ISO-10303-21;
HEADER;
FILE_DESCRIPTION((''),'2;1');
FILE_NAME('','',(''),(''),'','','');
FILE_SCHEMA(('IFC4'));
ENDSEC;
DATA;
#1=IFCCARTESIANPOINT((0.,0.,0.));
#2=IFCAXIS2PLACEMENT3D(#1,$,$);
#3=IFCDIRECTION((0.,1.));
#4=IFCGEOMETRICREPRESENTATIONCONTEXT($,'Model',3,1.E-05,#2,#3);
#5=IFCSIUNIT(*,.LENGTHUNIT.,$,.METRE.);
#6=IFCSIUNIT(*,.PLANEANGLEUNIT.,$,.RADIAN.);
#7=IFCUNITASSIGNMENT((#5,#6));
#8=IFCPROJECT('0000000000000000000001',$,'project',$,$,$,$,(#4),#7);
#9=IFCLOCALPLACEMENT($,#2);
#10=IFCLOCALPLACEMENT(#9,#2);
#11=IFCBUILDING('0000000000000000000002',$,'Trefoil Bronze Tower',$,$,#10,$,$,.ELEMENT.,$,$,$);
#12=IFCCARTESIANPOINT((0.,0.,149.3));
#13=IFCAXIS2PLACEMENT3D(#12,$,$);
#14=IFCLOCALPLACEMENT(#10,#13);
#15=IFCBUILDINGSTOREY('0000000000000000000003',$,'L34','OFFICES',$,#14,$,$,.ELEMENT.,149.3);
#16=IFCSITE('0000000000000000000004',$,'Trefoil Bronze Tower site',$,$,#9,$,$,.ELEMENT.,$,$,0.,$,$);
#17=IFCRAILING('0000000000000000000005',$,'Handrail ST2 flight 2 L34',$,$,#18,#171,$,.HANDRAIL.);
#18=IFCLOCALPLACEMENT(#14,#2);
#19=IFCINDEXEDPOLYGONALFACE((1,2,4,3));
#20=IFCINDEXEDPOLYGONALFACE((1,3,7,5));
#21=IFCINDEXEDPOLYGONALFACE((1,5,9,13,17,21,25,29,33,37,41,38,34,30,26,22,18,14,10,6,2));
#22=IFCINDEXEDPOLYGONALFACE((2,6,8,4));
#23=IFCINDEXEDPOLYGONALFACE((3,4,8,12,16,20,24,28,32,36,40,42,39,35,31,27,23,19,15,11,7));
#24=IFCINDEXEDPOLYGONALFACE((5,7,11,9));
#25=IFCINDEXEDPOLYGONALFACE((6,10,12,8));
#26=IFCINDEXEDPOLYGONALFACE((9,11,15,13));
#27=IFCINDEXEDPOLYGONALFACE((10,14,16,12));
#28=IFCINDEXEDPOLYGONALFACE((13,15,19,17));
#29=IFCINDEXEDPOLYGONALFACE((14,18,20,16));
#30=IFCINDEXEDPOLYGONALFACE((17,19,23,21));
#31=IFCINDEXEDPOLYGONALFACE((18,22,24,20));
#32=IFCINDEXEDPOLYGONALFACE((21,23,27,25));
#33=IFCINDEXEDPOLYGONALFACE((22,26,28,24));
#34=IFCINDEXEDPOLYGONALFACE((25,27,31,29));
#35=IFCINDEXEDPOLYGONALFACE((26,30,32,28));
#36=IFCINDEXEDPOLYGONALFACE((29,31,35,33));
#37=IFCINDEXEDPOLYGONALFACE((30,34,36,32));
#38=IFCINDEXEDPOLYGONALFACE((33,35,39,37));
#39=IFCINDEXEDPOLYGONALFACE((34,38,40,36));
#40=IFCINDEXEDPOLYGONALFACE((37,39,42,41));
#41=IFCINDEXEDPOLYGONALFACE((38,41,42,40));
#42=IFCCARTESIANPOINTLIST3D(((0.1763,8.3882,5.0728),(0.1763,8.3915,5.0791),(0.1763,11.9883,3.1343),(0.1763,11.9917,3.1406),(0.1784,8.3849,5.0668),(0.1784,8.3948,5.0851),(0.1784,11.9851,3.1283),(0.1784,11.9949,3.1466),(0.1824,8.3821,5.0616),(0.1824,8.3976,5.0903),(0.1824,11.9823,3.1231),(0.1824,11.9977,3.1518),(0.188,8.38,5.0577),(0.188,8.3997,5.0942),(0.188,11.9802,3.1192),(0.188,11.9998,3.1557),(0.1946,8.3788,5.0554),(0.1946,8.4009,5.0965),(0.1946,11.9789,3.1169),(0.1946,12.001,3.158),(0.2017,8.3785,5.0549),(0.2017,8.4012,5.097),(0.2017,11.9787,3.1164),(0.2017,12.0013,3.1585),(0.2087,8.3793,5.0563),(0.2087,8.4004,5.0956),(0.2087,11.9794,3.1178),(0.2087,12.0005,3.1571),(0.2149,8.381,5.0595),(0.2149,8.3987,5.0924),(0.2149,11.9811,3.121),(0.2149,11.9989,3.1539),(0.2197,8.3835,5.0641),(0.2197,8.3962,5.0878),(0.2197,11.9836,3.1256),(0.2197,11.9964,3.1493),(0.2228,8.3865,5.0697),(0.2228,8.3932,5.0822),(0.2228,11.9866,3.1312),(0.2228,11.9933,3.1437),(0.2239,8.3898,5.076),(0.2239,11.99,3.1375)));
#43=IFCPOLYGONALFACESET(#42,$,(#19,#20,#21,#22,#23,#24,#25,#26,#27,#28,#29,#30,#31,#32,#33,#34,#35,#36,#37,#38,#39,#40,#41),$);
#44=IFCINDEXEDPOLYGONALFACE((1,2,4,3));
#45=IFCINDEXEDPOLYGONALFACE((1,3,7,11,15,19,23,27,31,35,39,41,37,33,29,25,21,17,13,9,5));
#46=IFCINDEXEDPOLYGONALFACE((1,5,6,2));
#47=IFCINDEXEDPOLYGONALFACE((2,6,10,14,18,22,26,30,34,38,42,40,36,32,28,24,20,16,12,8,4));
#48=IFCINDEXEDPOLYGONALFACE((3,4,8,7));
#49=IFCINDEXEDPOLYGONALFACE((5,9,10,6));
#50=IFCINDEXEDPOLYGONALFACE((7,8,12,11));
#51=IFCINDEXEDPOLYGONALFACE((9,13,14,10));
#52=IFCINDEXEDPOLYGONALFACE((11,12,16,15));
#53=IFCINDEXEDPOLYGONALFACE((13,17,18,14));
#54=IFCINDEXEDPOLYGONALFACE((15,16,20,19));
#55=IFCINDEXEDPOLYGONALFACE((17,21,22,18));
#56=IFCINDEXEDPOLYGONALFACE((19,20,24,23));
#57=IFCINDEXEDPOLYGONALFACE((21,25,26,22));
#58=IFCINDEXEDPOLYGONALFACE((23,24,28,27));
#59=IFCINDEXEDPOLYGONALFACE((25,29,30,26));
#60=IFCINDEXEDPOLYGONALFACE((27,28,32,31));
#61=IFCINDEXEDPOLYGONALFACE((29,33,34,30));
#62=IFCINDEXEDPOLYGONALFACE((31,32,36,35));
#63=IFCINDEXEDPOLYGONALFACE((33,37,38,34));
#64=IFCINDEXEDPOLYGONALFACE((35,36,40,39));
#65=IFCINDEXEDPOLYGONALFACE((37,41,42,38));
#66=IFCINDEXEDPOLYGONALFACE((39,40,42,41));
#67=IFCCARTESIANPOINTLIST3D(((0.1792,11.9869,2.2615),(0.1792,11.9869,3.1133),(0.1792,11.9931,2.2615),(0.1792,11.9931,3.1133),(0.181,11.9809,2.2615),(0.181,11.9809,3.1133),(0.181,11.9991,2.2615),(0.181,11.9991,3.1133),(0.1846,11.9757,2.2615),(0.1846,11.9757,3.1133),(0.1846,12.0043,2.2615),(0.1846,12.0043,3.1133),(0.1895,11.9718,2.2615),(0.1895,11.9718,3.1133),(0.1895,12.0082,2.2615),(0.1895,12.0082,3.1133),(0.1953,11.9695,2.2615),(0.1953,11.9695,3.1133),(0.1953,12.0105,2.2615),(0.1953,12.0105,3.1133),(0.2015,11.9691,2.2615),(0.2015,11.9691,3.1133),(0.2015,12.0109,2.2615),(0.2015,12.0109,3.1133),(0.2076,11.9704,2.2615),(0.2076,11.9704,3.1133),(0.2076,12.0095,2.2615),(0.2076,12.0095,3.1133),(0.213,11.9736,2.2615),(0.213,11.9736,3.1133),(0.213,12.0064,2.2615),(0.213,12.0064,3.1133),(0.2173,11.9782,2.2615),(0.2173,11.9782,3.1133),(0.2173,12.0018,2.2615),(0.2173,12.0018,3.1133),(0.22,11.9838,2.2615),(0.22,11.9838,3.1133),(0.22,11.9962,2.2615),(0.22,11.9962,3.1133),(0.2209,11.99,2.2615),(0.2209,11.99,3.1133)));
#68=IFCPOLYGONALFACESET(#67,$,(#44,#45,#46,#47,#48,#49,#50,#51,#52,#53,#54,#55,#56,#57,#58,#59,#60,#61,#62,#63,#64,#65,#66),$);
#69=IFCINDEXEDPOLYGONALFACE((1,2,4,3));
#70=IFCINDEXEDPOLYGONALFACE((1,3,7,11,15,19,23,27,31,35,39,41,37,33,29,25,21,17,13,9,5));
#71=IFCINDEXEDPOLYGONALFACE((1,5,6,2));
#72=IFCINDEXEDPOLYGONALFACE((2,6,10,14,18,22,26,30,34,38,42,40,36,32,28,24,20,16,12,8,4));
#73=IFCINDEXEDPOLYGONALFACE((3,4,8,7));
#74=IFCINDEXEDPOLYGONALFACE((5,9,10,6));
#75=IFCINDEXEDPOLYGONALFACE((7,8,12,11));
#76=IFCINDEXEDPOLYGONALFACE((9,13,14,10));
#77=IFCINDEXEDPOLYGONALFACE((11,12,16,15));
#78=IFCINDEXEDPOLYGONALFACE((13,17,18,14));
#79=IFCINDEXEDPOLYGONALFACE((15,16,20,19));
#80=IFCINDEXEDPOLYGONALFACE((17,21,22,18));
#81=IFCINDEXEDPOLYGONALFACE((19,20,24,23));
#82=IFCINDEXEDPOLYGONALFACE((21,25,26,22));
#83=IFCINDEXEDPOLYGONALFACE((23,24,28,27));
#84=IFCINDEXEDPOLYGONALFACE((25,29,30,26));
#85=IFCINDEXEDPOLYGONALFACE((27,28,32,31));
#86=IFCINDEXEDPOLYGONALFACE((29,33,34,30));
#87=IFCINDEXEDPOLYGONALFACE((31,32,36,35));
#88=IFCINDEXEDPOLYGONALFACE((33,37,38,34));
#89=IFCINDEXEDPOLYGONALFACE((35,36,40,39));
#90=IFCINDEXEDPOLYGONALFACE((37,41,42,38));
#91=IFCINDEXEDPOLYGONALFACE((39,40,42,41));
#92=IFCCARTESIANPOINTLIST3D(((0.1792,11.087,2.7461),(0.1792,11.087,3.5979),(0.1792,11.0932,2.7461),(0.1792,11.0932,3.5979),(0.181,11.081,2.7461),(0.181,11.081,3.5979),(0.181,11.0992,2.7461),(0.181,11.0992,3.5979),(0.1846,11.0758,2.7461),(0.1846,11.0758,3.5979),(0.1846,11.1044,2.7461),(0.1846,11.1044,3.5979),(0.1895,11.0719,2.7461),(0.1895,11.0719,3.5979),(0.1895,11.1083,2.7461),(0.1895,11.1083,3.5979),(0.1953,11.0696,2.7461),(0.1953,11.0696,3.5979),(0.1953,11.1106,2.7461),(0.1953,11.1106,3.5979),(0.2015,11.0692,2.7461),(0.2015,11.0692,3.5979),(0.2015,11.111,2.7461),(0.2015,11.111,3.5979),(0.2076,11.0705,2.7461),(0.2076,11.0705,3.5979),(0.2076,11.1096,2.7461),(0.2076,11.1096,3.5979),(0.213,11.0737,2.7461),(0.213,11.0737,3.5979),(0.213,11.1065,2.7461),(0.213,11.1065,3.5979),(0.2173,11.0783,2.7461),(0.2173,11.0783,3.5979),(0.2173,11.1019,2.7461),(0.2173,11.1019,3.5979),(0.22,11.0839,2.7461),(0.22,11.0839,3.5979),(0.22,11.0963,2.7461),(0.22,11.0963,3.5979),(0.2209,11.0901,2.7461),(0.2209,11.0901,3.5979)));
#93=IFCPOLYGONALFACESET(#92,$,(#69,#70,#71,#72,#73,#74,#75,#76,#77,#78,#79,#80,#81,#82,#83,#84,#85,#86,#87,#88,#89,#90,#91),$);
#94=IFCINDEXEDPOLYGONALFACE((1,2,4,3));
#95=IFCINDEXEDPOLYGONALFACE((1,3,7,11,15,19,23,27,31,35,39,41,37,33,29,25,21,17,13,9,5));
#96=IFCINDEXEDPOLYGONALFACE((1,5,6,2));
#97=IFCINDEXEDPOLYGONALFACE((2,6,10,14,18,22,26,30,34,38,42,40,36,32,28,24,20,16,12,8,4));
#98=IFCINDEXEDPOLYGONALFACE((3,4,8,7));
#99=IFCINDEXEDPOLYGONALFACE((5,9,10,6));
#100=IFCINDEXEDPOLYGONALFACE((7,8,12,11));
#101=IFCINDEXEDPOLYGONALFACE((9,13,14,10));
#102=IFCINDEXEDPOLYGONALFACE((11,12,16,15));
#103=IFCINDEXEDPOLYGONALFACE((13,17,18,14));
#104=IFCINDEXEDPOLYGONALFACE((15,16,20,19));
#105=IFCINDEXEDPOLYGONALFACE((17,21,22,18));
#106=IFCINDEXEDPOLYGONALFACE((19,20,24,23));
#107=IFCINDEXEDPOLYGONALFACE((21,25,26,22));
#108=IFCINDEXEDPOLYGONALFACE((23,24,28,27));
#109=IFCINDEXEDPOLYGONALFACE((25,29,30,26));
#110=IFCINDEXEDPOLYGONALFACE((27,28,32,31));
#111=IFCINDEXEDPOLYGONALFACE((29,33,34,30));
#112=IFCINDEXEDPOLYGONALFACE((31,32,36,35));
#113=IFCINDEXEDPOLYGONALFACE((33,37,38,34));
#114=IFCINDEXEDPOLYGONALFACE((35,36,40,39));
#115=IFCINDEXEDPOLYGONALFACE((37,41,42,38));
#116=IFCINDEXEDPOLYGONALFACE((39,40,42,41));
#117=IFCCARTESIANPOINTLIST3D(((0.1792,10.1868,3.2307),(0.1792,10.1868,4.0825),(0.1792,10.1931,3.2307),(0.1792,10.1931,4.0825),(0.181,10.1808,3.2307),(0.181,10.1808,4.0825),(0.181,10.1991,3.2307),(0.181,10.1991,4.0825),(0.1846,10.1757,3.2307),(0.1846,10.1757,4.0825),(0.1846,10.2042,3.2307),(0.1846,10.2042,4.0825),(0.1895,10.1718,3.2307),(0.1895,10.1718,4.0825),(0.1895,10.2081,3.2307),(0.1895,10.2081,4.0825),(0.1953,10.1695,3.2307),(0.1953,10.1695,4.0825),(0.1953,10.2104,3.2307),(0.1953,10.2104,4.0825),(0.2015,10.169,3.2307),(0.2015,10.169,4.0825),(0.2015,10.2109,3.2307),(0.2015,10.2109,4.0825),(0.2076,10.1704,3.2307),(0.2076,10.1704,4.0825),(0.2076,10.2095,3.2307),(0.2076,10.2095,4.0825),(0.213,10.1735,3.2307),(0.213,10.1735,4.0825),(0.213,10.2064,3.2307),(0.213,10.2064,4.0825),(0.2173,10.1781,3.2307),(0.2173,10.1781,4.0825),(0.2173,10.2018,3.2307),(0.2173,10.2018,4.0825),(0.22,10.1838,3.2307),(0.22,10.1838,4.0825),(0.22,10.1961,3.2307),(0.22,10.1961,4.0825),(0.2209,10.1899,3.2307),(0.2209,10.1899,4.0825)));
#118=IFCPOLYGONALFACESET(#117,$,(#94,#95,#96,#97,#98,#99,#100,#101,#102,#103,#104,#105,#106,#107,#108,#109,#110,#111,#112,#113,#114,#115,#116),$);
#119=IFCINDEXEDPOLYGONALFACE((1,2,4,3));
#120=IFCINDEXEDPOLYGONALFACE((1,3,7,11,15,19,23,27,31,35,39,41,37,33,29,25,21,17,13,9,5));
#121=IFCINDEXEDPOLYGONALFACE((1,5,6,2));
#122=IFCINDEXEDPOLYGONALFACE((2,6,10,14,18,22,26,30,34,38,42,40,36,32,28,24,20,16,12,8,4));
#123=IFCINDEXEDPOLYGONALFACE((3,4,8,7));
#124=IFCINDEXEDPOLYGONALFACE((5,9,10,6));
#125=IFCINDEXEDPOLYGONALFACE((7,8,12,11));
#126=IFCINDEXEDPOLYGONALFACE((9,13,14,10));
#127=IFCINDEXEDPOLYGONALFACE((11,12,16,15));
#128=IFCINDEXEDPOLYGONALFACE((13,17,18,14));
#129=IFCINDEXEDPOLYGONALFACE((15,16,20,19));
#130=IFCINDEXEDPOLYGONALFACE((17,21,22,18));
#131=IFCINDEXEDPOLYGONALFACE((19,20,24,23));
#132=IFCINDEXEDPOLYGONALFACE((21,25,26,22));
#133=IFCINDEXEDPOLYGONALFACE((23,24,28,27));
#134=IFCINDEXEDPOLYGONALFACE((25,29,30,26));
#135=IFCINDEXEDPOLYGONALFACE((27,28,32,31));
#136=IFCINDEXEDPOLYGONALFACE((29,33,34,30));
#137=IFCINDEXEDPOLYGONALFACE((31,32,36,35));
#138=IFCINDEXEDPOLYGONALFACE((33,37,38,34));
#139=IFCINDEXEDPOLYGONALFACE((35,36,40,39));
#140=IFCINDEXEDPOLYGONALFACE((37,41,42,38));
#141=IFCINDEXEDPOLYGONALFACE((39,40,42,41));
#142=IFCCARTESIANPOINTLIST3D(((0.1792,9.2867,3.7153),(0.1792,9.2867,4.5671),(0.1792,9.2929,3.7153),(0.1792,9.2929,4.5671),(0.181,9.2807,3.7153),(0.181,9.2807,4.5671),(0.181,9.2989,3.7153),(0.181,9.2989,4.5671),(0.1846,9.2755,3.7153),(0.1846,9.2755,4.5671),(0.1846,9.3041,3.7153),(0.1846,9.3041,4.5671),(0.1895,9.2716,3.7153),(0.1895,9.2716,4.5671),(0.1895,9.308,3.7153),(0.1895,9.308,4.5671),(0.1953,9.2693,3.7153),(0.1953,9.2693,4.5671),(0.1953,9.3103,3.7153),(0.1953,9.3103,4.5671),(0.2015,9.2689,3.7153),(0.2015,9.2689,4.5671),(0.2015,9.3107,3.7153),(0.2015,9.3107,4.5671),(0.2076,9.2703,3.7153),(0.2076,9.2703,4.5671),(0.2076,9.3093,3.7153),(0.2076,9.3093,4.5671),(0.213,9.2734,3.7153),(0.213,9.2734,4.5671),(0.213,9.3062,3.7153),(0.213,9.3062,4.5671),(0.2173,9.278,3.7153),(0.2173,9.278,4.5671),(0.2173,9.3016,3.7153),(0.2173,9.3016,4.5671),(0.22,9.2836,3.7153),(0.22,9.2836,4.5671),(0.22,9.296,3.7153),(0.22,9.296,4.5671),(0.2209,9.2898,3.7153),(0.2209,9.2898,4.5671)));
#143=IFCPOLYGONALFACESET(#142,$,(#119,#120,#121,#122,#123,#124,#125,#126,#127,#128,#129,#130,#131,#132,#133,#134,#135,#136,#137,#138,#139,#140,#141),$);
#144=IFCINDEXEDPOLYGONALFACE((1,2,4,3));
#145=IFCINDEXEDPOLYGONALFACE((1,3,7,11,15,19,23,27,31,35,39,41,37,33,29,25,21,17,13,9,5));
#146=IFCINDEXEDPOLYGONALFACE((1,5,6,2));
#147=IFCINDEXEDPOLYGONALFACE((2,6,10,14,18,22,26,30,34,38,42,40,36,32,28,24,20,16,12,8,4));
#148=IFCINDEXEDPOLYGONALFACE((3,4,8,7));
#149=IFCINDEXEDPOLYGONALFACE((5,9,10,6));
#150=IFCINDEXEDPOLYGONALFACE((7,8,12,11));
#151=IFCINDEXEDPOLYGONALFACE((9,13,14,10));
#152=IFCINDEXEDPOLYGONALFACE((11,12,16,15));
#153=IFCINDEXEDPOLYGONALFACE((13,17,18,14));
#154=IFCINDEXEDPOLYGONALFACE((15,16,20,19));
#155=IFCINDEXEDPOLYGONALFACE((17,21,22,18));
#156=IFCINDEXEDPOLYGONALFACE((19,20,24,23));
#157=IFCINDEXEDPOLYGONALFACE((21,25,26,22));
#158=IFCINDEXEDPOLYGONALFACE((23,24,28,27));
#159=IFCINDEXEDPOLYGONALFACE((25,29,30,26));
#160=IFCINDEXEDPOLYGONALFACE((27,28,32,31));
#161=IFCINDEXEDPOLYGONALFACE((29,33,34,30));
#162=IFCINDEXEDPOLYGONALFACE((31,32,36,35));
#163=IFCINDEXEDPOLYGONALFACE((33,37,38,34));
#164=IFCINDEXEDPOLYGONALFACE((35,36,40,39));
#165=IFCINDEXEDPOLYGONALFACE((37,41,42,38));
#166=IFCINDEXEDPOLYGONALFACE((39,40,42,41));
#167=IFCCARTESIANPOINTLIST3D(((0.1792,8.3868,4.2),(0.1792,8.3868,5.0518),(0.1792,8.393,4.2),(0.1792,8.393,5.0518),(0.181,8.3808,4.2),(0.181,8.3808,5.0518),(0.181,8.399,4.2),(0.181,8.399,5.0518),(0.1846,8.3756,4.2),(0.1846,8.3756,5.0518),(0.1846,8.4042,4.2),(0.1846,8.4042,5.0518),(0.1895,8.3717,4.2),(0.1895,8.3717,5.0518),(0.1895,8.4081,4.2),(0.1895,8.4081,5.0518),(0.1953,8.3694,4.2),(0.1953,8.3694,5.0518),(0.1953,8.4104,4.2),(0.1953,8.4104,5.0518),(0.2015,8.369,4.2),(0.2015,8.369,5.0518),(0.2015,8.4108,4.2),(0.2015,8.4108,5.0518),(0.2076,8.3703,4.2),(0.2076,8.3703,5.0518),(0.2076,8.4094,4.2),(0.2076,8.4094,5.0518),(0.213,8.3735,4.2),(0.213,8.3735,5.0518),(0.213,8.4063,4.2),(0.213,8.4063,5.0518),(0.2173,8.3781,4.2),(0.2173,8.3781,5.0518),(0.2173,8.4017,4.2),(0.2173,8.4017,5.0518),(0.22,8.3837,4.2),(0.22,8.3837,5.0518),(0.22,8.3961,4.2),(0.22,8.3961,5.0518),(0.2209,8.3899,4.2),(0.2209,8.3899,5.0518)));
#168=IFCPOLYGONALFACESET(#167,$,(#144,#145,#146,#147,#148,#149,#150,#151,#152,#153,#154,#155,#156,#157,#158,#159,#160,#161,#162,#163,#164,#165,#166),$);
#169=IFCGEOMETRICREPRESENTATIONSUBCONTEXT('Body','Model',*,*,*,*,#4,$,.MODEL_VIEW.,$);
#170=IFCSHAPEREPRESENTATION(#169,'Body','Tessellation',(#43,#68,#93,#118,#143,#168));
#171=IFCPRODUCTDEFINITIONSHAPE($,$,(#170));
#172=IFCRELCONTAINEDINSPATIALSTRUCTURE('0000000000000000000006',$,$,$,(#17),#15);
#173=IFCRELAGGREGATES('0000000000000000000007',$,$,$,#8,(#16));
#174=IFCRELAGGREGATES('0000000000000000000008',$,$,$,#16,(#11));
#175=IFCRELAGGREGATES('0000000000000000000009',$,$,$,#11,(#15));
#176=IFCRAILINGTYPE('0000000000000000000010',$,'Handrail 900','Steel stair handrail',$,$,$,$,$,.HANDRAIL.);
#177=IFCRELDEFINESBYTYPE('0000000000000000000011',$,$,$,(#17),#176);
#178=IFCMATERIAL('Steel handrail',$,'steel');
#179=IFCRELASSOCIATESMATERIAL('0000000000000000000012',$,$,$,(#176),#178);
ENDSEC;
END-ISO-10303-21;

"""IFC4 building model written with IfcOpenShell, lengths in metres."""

from ifc_helpers import new_model, si_unit, direction, frame, origin, origin_2d, place, context, subcontext, project, spatial, circle, extrude, material, type_object, element, save


model = new_model("IFC4")

# Units and contexts
model_context = context("Model", 3, precision=1e-05, world=origin(), true_north=direction((0.0, 1.0)))
body_context = subcontext(model_context, "Body", "Model", "MODEL_VIEW")
ifc_project = project(units=[si_unit("LENGTHUNIT", "METRE"), si_unit("PLANEANGLEUNIT", "RADIAN")], contexts=[model_context])

# Site, building, storey
site_placement = place(None, origin())
site = spatial("IfcSite", under=ifc_project, at=site_placement, Name="Trefoil Bronze Tower site", CompositionType="ELEMENT", RefElevation=0.0)
building_placement = place(site_placement, origin())
building = spatial("IfcBuilding", under=site, at=building_placement, Name="Trefoil Bronze Tower", CompositionType="ELEMENT")
storey_placement = place(building_placement, frame((0.0, 0.0, 149.3)))
storey = spatial("IfcBuildingStorey", under=building, at=storey_placement, Name="L34", Description="OFFICES", CompositionType="ELEMENT", Elevation=149.3)

# Railing
ifc_material_1 = material(Name="Steel handrail", Category="steel")
railing_type = type_object("IfcRailingType", Name="Handrail 900", Description="Steel stair handrail", PredefinedType="HANDRAIL", material=ifc_material_1)
railing_placement = place(storey_placement, frame((0.2, 11.99, 2.2615)))
element("IfcRailing", 1, at=railing_placement, inside=storey, type_object=railing_type, Name="Handrail ST2 flight 2 L34", PredefinedType="HANDRAIL", context=body_context, shape_type="SweptSolid", body=[
    extrude(circle(Radius=0.0239, at=origin_2d()), frame((0.0, 0.0, 0.876), z_axis=(0.0, -0.880475, 0.474093), x_axis=(1.0, 0.0, 0.0)), (0.0, 0.0, 1.0), 4.0889),
    extrude(circle(Radius=0.021, at=origin_2d()), origin(), (0.0, 0.0, 1.0), 0.8518),
    extrude(circle(Radius=0.021, at=origin_2d()), frame((0.0, -0.8999, 0.4846)), (0.0, 0.0, 1.0), 0.8518),
    extrude(circle(Radius=0.021, at=origin_2d()), frame((0.0, -1.8, 0.9692)), (0.0, 0.0, 1.0), 0.8518),
    extrude(circle(Radius=0.021, at=origin_2d()), frame((0.0, -2.7002, 1.4539)), (0.0, 0.0, 1.0), 0.8518),
    extrude(circle(Radius=0.021, at=origin_2d()), frame((0.0, -3.6001, 1.9385)), (0.0, 0.0, 1.0), 0.8518),
])

save(model, "model.ifc")
